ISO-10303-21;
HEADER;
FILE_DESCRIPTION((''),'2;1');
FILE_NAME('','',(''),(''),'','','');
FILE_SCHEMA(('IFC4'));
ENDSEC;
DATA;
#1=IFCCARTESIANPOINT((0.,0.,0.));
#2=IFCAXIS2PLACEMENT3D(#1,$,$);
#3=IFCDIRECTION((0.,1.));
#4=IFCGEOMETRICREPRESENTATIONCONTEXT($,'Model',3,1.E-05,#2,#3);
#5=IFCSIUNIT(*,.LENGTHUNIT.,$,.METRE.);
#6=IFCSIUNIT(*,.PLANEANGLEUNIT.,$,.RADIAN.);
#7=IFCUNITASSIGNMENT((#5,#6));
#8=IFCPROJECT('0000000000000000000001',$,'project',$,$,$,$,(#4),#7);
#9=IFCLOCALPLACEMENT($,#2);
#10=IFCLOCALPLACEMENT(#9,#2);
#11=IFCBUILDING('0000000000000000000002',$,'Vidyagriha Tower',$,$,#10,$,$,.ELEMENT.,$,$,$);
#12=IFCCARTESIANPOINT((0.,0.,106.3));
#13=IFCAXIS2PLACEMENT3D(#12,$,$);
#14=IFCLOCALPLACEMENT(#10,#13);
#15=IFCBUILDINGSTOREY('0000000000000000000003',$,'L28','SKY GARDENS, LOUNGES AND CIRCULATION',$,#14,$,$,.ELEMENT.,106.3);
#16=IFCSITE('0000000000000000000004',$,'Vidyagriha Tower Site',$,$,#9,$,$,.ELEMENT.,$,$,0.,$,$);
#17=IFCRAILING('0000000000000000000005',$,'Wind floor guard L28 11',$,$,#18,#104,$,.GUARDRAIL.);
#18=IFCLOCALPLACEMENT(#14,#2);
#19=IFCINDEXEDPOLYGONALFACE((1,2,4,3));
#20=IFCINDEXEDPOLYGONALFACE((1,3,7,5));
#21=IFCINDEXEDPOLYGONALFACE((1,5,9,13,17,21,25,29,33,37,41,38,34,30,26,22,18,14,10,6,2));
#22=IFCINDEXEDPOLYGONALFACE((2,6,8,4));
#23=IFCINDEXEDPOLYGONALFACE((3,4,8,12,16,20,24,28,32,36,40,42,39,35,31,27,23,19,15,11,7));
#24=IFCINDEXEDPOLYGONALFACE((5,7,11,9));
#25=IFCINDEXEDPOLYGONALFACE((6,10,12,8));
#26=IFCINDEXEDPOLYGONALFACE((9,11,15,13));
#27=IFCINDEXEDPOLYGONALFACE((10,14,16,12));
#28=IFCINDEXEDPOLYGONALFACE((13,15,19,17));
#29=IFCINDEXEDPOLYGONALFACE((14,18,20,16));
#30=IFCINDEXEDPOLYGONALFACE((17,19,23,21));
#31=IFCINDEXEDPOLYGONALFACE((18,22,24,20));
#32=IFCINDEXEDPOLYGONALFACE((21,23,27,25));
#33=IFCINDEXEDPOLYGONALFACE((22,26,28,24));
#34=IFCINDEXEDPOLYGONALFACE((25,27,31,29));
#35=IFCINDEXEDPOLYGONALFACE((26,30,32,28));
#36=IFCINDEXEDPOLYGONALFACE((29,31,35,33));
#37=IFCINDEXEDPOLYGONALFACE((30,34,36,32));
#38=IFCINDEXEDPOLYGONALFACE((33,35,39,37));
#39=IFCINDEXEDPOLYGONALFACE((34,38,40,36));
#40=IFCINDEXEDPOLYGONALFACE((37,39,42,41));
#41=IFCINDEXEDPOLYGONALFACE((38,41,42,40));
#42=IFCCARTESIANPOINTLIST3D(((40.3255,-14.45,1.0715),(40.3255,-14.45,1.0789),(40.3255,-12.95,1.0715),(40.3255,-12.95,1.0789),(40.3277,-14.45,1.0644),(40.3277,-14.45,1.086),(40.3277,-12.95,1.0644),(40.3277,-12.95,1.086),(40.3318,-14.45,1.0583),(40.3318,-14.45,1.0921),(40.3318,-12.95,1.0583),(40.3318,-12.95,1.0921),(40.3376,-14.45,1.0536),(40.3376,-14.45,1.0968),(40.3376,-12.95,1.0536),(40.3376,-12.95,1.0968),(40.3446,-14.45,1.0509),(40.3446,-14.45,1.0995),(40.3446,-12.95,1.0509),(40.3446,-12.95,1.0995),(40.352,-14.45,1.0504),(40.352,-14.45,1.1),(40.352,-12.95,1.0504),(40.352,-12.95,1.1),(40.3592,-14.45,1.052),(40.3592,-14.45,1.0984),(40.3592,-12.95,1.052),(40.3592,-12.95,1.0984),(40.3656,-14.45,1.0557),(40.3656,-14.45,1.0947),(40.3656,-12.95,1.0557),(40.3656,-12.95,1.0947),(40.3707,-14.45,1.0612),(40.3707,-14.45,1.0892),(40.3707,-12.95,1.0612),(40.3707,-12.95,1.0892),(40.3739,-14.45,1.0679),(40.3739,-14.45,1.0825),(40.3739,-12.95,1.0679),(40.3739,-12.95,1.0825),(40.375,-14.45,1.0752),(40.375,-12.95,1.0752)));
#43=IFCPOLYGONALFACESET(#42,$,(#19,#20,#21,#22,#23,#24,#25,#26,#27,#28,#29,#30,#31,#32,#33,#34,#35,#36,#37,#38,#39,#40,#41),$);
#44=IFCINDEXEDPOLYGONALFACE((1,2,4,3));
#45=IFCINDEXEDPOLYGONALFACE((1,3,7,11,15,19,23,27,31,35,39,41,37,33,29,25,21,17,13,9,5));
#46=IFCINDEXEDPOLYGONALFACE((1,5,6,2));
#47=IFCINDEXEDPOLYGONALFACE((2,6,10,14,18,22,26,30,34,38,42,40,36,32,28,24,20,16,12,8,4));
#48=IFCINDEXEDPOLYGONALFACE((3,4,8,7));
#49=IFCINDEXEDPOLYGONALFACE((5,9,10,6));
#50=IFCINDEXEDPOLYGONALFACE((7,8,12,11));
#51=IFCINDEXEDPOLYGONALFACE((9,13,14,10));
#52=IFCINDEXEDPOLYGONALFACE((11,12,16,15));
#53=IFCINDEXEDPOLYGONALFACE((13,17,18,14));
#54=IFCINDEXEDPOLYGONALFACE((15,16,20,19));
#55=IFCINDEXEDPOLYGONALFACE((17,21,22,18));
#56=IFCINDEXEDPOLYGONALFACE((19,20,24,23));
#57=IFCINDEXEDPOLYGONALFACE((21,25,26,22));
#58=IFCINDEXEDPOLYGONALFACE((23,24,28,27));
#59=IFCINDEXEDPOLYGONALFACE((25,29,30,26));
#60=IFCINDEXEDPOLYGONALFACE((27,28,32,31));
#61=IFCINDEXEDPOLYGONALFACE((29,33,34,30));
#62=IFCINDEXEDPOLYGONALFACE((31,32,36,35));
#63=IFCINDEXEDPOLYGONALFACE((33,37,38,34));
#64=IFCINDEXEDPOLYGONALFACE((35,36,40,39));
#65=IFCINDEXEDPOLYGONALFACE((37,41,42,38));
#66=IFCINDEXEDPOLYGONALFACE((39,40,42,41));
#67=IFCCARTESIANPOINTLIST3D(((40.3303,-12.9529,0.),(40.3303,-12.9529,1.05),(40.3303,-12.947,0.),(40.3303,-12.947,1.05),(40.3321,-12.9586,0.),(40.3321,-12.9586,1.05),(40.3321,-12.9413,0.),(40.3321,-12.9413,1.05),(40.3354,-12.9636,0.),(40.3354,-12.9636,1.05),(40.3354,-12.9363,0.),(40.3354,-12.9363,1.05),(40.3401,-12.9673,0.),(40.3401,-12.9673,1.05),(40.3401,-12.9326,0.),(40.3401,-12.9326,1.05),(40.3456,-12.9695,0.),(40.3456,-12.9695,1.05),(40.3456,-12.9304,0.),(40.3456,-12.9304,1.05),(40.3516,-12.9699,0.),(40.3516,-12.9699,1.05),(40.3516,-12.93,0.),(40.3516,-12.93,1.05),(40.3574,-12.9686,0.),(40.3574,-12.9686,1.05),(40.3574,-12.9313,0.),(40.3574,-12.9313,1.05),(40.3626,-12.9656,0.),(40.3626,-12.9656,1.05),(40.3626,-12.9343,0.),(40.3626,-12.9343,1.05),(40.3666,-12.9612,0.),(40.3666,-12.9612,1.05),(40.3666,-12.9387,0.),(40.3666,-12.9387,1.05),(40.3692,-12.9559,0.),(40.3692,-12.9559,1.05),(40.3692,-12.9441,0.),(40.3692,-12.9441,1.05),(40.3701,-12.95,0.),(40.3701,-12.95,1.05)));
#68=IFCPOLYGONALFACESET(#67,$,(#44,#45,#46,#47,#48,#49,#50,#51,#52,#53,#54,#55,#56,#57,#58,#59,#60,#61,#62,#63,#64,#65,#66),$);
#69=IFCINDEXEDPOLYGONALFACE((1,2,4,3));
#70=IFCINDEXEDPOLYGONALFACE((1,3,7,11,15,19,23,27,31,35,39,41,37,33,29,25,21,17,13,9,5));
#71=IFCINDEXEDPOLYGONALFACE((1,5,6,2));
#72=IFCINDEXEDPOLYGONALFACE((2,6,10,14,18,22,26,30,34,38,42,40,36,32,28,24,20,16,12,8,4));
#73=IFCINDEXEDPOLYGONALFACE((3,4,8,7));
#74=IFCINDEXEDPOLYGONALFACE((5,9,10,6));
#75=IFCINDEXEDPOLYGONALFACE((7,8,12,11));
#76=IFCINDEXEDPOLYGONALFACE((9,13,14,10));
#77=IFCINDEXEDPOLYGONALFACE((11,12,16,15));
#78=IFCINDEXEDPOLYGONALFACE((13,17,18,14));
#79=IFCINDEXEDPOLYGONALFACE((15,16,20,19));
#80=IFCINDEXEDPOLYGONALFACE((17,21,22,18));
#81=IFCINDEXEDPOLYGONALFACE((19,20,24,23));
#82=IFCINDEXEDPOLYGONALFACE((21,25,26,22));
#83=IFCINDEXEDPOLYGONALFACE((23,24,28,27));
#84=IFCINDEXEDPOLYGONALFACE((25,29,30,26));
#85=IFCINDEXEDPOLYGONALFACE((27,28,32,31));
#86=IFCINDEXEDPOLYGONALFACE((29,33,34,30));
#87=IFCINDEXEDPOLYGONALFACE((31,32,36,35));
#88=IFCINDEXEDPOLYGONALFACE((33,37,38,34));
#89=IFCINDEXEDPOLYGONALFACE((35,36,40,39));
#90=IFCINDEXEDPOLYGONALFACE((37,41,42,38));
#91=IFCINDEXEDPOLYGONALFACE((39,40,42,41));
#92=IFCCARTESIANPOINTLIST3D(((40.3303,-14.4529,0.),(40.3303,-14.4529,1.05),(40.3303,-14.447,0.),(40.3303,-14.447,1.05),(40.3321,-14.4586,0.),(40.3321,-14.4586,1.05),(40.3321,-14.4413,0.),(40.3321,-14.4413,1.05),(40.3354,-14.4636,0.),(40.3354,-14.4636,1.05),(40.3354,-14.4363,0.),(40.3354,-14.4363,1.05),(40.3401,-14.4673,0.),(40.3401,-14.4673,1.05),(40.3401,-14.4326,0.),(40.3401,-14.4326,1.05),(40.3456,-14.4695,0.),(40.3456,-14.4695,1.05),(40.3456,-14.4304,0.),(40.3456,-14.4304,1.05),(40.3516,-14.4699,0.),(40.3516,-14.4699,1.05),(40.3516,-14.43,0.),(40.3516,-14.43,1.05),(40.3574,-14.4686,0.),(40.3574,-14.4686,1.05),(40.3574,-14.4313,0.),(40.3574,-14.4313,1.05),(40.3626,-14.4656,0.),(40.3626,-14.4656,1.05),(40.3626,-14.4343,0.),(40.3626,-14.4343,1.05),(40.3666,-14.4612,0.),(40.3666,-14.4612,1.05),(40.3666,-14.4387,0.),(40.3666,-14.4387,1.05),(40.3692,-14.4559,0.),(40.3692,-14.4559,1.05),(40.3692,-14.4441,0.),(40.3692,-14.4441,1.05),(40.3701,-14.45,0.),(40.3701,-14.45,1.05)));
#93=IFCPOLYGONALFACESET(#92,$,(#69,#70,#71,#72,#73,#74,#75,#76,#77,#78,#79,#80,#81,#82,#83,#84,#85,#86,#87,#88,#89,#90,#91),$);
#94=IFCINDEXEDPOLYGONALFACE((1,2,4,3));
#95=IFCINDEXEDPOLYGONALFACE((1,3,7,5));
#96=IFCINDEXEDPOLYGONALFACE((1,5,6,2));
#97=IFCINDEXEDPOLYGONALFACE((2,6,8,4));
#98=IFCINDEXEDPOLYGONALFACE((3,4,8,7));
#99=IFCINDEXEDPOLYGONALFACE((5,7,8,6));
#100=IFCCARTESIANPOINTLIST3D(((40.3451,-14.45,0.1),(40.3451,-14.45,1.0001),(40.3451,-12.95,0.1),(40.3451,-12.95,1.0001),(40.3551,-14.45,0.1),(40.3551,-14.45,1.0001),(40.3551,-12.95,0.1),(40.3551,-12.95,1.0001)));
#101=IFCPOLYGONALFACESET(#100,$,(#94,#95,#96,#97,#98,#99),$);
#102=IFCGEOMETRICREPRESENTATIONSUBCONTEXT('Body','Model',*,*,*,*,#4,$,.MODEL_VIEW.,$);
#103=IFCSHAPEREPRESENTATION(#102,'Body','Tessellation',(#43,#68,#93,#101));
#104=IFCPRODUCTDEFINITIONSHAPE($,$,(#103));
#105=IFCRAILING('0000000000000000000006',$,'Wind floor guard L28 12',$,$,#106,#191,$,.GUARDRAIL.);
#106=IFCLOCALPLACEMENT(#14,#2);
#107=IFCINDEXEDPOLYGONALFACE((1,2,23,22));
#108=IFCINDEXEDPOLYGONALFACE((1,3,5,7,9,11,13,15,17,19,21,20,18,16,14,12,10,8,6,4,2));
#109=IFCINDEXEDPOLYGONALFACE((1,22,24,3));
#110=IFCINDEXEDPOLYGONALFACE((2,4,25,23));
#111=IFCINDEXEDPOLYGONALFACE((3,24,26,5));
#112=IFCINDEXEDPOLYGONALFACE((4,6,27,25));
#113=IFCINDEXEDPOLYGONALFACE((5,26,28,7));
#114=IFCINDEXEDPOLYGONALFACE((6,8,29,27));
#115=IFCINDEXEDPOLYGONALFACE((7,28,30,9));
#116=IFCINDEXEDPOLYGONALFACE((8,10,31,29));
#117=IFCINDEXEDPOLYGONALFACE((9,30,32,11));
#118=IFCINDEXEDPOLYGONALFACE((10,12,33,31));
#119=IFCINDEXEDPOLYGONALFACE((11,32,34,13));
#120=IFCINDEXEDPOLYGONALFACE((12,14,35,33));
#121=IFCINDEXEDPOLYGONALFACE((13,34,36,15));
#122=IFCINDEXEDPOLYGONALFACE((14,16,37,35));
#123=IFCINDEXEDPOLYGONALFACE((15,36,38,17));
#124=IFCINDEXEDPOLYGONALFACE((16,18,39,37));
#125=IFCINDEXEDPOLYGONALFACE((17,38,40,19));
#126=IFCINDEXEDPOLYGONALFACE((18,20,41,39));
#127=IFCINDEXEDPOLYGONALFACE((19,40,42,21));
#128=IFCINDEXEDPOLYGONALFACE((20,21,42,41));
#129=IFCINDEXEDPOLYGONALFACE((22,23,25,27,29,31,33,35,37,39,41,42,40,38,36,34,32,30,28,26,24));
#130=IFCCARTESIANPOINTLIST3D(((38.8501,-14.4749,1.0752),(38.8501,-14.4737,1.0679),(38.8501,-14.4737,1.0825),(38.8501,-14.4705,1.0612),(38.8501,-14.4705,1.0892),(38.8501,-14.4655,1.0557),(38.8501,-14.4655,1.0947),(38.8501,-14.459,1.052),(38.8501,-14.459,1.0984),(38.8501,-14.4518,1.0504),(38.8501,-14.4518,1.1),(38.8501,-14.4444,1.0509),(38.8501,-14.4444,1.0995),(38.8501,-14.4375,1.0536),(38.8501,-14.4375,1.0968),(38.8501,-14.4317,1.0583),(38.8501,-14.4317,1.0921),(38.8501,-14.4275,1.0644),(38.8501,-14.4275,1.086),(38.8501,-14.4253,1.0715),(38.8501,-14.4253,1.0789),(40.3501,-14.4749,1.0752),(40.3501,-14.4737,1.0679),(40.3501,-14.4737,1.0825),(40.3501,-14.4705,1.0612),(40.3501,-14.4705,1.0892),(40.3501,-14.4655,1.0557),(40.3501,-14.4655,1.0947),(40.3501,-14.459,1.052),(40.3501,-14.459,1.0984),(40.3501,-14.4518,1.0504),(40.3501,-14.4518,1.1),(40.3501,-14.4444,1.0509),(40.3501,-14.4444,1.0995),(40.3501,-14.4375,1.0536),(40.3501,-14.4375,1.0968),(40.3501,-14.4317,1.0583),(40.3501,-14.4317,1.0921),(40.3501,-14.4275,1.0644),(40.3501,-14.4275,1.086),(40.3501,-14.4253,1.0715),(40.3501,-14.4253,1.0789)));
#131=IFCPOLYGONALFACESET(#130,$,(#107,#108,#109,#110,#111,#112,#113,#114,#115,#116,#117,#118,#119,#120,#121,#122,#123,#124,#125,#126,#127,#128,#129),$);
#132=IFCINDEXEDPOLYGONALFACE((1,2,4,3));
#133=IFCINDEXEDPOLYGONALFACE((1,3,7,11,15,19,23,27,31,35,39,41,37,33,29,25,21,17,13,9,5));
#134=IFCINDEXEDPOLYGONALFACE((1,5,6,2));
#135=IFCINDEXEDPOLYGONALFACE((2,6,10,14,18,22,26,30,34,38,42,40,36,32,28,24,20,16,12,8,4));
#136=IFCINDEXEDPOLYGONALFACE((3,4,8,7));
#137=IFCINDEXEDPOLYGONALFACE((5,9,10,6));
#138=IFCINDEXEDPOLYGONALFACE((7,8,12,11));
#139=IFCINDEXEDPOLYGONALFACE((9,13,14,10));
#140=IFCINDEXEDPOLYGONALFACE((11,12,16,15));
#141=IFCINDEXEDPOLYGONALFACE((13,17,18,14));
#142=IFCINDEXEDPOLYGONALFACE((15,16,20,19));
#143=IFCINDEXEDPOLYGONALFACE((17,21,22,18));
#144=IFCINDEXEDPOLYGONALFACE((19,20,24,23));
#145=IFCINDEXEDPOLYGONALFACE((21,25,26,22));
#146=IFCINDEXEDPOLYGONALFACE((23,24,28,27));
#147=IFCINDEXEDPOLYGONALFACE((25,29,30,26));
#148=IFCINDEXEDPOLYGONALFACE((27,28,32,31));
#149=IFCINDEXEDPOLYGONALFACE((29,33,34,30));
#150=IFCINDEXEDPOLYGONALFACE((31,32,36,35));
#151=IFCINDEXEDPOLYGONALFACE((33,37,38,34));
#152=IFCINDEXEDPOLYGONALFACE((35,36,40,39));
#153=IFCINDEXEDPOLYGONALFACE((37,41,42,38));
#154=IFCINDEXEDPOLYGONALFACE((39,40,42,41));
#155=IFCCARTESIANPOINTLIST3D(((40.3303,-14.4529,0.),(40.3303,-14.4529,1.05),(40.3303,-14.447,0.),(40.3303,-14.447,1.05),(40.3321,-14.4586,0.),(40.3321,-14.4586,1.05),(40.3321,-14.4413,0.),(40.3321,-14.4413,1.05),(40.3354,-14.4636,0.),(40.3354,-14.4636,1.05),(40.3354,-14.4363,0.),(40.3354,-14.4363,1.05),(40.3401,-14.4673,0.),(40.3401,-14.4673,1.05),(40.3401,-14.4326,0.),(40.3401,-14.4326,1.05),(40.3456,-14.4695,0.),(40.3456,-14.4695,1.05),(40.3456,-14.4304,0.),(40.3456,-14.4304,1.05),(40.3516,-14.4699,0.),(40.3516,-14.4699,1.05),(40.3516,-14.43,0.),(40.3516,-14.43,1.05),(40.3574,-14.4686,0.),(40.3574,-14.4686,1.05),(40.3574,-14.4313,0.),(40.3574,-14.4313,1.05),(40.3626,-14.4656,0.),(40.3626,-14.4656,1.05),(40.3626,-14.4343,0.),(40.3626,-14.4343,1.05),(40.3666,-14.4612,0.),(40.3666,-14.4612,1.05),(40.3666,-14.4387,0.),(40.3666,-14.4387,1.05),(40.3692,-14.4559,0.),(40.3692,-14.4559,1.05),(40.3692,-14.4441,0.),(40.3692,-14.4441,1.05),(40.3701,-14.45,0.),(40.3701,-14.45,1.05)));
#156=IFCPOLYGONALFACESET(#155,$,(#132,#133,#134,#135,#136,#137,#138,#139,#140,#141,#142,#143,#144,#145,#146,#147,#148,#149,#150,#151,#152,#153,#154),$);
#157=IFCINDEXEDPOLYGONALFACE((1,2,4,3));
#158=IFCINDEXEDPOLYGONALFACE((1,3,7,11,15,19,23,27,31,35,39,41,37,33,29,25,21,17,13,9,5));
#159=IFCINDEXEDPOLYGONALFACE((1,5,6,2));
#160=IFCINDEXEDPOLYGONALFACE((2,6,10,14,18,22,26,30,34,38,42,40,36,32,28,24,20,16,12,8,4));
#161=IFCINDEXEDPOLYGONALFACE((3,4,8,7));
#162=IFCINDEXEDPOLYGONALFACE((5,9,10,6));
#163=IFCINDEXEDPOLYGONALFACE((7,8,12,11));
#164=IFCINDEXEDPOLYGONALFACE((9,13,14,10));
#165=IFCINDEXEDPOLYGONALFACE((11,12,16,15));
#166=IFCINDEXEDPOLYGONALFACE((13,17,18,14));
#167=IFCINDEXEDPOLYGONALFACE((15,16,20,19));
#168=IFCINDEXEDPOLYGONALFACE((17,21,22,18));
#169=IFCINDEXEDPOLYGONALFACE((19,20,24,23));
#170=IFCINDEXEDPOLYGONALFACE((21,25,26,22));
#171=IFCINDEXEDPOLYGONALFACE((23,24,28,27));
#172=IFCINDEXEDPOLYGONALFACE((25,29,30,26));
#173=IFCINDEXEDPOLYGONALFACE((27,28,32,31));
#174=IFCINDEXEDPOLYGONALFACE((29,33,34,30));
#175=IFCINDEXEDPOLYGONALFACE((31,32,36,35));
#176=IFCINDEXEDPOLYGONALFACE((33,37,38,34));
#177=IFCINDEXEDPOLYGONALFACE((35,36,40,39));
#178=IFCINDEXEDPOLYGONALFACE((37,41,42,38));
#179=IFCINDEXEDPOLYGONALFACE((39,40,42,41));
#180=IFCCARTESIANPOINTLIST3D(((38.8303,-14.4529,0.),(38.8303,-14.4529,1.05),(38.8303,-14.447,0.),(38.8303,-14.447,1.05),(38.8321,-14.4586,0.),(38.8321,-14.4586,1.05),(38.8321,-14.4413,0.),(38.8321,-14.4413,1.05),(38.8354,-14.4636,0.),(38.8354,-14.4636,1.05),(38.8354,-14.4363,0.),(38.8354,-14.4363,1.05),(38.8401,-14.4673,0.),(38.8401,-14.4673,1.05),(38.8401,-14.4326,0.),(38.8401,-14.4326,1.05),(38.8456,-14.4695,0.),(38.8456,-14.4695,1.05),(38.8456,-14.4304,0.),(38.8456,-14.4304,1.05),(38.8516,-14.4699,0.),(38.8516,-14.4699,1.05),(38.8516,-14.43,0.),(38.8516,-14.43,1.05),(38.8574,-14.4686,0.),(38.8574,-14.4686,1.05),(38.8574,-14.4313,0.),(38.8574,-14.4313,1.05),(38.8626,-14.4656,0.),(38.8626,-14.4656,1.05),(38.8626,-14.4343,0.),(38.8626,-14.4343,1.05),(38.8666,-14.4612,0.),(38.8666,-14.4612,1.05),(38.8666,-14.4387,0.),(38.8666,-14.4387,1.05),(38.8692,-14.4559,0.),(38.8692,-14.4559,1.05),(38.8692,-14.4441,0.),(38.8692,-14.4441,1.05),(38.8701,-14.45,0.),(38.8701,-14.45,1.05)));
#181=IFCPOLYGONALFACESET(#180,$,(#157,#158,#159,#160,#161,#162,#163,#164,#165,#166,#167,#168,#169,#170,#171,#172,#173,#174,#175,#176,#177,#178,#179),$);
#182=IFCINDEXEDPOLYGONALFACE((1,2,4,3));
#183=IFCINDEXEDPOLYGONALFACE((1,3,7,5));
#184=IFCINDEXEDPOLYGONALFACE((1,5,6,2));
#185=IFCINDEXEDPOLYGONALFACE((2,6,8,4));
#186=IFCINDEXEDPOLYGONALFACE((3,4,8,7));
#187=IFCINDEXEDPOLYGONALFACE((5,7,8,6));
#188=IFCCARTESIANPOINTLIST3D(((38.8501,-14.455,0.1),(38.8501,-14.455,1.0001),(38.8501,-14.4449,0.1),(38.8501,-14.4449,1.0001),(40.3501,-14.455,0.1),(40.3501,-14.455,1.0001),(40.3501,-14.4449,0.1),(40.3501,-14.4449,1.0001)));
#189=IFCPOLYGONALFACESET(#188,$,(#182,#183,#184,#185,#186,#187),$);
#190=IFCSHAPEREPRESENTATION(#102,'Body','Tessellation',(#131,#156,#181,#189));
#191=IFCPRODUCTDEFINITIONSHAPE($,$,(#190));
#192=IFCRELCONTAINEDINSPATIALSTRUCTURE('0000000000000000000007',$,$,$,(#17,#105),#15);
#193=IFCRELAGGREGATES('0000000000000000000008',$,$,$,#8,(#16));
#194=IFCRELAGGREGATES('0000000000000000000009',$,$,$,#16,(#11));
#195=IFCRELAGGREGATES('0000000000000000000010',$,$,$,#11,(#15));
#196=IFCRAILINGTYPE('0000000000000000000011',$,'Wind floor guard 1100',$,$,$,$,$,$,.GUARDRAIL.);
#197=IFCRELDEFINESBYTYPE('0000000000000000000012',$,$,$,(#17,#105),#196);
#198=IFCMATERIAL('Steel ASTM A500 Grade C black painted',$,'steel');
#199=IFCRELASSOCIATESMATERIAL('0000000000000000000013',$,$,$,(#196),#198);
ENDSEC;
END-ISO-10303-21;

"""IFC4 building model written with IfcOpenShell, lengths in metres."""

from ifc_helpers import new_model, si_unit, direction, frame, origin, origin_2d, place, context, subcontext, project, spatial, rectangle, circle, extrude, material, type_object, element, save


model = new_model("IFC4")

# Units and contexts
model_context = context("Model", 3, precision=1e-05, world=origin(), true_north=direction((0.0, 1.0)))
body_context = subcontext(model_context, "Body", "Model", "MODEL_VIEW")
ifc_project = project(units=[si_unit("LENGTHUNIT", "METRE"), si_unit("PLANEANGLEUNIT", "RADIAN")], contexts=[model_context])

# Site, building, storey
site_placement = place(None, origin())
site = spatial("IfcSite", under=ifc_project, at=site_placement, Name="Vidyagriha Tower Site", CompositionType="ELEMENT", RefElevation=0.0)
building_placement = place(site_placement, origin())
building = spatial("IfcBuilding", under=site, at=building_placement, Name="Vidyagriha Tower", CompositionType="ELEMENT")
storey_placement = place(building_placement, frame((0.0, 0.0, 106.3)))
storey = spatial("IfcBuildingStorey", under=building, at=storey_placement, Name="L28", Description="SKY GARDENS, LOUNGES AND CIRCULATION", CompositionType="ELEMENT", Elevation=106.3)

# Railings
ifc_material_1 = material(Name="Steel ASTM A500 Grade C black painted", Category="steel")
railing_type = type_object("IfcRailingType", Name="Wind floor guard 1100", PredefinedType="GUARDRAIL", material=ifc_material_1)
railing_1_placement = place(storey_placement, frame((40.3501, -12.95, 0.0)))
element("IfcRailing", 1, at=railing_1_placement, inside=storey, type_object=railing_type, Name="Wind floor guard L28 11", PredefinedType="GUARDRAIL", context=body_context, shape_type="SweptSolid", body=[
    extrude(circle(Radius=0.0249, at=origin_2d()), frame((0.0, 0.0, 1.0752), z_axis=(0.0, -1.0, 0.0), x_axis=(1.0, 0.0, 0.0)), (0.0, 0.0, 1.0), 1.5),
    extrude(circle(Radius=0.02, at=origin_2d()), origin(), (0.0, 0.0, 1.0), 1.05),
    extrude(circle(Radius=0.02, at=origin_2d()), frame((0.0, -1.5, 0.0)), (0.0, 0.0, 1.0), 1.05),
    extrude(rectangle(XDim=0.01, YDim=0.9001, at=origin_2d()), frame((0.0, 0.0, 0.55), z_axis=(0.0, -1.0, 0.0), x_axis=(1.0, 0.0, 0.0)), (0.0, 0.0, 1.0), 1.5),
])
railing_2_placement = place(storey_placement, frame((40.3501, -14.45, 0.0)))
element("IfcRailing", 2, at=railing_2_placement, inside=storey, type_object=railing_type, Name="Wind floor guard L28 12", PredefinedType="GUARDRAIL", context=body_context, shape_type="SweptSolid", body=[
    extrude(circle(Radius=0.0249, at=origin_2d()), frame((0.0, 0.0, 1.0752), z_axis=(-1.0, 0.0, 0.0), x_axis=(0.0, -1.0, 0.0)), (0.0, 0.0, 1.0), 1.5),
    extrude(circle(Radius=0.02, at=origin_2d()), origin(), (0.0, 0.0, 1.0), 1.05),
    extrude(circle(Radius=0.02, at=origin_2d()), frame((-1.5, 0.0, 0.0)), (0.0, 0.0, 1.0), 1.05),
    extrude(rectangle(XDim=0.01, YDim=0.9001, at=origin_2d()), frame((0.0, 0.0, 0.55), z_axis=(-1.0, 0.0, 0.0), x_axis=(0.0, -1.0, 0.0)), (0.0, 0.0, 1.0), 1.5),
])

save(model, "model.ifc")
